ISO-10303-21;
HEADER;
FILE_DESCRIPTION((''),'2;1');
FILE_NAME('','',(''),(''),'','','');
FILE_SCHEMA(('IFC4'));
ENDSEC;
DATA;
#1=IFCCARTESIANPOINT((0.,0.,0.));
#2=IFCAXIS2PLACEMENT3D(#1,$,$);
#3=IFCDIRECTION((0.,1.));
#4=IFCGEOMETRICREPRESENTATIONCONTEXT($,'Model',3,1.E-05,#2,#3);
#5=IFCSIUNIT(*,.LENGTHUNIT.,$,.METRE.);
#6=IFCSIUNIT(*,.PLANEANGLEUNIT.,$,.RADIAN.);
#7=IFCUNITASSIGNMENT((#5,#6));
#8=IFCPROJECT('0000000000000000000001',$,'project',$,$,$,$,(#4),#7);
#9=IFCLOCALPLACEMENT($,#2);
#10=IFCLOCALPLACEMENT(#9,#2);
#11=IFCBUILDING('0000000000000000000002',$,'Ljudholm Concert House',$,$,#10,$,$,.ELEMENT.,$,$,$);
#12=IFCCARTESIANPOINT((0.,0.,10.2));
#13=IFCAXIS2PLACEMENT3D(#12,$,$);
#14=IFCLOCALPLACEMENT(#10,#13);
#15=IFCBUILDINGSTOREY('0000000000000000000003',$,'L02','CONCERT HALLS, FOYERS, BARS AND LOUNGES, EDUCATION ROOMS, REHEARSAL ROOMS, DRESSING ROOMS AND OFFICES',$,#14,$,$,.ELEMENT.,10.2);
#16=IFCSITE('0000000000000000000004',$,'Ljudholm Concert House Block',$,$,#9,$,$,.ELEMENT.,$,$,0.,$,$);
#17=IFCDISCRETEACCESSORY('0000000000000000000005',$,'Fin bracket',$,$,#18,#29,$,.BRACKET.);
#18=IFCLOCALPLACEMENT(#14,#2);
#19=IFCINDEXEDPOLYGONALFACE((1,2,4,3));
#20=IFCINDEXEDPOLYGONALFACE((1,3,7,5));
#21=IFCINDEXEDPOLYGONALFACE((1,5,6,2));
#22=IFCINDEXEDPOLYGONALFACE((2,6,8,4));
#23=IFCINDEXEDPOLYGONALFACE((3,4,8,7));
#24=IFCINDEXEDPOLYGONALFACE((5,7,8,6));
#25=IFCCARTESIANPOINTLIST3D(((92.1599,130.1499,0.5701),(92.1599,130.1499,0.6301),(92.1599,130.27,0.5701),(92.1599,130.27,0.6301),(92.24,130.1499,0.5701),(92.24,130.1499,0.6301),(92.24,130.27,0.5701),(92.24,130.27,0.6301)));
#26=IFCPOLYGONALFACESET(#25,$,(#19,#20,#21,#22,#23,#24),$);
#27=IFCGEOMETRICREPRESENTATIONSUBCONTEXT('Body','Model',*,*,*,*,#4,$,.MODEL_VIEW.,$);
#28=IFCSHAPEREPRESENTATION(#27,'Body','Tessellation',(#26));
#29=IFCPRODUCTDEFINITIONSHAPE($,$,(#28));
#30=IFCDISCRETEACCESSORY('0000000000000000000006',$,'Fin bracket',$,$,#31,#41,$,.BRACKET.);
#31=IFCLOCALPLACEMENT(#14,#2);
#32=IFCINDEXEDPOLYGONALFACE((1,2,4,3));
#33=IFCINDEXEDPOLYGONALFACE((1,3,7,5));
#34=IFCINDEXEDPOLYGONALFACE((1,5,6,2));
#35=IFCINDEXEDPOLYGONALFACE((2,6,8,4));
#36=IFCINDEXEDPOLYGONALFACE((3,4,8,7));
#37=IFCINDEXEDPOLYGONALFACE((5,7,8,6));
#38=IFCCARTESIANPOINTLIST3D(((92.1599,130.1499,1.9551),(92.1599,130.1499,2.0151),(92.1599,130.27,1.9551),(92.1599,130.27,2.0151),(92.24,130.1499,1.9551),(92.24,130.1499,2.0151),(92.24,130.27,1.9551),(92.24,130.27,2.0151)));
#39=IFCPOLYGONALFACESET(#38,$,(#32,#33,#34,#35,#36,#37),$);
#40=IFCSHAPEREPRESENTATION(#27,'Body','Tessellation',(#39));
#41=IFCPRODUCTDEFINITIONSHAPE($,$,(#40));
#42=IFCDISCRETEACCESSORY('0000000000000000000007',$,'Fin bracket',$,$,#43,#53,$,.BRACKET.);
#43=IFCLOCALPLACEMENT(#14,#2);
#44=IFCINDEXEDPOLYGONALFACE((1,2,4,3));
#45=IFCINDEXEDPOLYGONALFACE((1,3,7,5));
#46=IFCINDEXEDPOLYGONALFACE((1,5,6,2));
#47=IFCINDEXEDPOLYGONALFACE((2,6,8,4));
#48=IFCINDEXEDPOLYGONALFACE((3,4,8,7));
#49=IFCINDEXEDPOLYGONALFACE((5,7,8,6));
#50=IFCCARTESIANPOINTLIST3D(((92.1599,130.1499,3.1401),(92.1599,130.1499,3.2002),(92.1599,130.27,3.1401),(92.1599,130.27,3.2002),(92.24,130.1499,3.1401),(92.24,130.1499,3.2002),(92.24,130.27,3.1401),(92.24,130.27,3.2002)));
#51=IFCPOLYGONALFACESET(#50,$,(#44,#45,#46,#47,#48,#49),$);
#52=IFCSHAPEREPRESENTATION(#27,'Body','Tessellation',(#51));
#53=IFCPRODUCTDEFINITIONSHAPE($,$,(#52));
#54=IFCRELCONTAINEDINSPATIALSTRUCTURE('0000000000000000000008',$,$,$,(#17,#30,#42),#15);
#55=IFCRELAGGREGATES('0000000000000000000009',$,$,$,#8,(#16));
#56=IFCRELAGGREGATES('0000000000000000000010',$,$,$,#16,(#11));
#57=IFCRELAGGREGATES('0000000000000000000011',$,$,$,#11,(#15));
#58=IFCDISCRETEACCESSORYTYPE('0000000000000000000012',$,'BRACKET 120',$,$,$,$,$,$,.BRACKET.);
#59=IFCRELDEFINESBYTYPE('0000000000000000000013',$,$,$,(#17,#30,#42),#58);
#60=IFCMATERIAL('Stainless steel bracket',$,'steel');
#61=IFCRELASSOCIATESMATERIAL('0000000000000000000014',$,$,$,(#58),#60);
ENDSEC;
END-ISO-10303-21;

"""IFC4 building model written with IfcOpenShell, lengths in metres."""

from ifc_helpers import new_model, si_unit, direction, frame, origin, origin_2d, place, context, subcontext, project, spatial, rectangle, extrude, material, type_object, element, save


model = new_model("IFC4")

# Units and contexts
model_context = context("Model", 3, precision=1e-05, world=origin(), true_north=direction((0.0, 1.0)))
body_context = subcontext(model_context, "Body", "Model", "MODEL_VIEW")
ifc_project = project(units=[si_unit("LENGTHUNIT", "METRE"), si_unit("PLANEANGLEUNIT", "RADIAN")], contexts=[model_context])

# Site, building, storey
site_placement = place(None, origin())
site = spatial("IfcSite", under=ifc_project, at=site_placement, Name="Ljudholm Concert House Block", CompositionType="ELEMENT", RefElevation=0.0)
building_placement = place(site_placement, origin())
building = spatial("IfcBuilding", under=site, at=building_placement, Name="Ljudholm Concert House", CompositionType="ELEMENT")
storey_placement = place(building_placement, frame((0.0, 0.0, 10.2)))
storey = spatial("IfcBuildingStorey", under=building, at=storey_placement, Name="L02", Description="CONCERT HALLS, FOYERS, BARS AND LOUNGES, EDUCATION ROOMS, REHEARSAL ROOMS, DRESSING ROOMS AND OFFICES", CompositionType="ELEMENT", Elevation=10.2)

# Discrete accessories
ifc_material_1 = material(Name="Stainless steel bracket", Category="steel")
discrete_accessory_type = type_object("IfcDiscreteAccessoryType", Name="BRACKET 120", PredefinedType="BRACKET", material=ifc_material_1)
for number, where, z_axis, x_axis, name in (
    (1, (92.2, 130.21, 0.5701), (0.0, 0.0, 1.0), (0.0, 1.0, 0.0), "Fin bracket"),
    (2, (92.2, 130.21, 1.9551), (0.0, 0.0, 1.0), (0.0, 1.0, 0.0), "Fin bracket"),
    (3, (92.2, 130.21, 3.1401), (0.0, 0.0, 1.0), (0.0, 1.0, 0.0), "Fin bracket"),
):
    element("IfcDiscreteAccessory", number, at=place(storey_placement, frame(where, z_axis=z_axis, x_axis=x_axis)), inside=storey, type_object=discrete_accessory_type, Name=name, PredefinedType="BRACKET", context=body_context, shape_type="SweptSolid", body=[
        extrude(rectangle(XDim=0.1201, YDim=0.0801, at=origin_2d()), origin(), (0.0, 0.0, 1.0), 0.0601),
    ])

save(model, "model.ifc")
